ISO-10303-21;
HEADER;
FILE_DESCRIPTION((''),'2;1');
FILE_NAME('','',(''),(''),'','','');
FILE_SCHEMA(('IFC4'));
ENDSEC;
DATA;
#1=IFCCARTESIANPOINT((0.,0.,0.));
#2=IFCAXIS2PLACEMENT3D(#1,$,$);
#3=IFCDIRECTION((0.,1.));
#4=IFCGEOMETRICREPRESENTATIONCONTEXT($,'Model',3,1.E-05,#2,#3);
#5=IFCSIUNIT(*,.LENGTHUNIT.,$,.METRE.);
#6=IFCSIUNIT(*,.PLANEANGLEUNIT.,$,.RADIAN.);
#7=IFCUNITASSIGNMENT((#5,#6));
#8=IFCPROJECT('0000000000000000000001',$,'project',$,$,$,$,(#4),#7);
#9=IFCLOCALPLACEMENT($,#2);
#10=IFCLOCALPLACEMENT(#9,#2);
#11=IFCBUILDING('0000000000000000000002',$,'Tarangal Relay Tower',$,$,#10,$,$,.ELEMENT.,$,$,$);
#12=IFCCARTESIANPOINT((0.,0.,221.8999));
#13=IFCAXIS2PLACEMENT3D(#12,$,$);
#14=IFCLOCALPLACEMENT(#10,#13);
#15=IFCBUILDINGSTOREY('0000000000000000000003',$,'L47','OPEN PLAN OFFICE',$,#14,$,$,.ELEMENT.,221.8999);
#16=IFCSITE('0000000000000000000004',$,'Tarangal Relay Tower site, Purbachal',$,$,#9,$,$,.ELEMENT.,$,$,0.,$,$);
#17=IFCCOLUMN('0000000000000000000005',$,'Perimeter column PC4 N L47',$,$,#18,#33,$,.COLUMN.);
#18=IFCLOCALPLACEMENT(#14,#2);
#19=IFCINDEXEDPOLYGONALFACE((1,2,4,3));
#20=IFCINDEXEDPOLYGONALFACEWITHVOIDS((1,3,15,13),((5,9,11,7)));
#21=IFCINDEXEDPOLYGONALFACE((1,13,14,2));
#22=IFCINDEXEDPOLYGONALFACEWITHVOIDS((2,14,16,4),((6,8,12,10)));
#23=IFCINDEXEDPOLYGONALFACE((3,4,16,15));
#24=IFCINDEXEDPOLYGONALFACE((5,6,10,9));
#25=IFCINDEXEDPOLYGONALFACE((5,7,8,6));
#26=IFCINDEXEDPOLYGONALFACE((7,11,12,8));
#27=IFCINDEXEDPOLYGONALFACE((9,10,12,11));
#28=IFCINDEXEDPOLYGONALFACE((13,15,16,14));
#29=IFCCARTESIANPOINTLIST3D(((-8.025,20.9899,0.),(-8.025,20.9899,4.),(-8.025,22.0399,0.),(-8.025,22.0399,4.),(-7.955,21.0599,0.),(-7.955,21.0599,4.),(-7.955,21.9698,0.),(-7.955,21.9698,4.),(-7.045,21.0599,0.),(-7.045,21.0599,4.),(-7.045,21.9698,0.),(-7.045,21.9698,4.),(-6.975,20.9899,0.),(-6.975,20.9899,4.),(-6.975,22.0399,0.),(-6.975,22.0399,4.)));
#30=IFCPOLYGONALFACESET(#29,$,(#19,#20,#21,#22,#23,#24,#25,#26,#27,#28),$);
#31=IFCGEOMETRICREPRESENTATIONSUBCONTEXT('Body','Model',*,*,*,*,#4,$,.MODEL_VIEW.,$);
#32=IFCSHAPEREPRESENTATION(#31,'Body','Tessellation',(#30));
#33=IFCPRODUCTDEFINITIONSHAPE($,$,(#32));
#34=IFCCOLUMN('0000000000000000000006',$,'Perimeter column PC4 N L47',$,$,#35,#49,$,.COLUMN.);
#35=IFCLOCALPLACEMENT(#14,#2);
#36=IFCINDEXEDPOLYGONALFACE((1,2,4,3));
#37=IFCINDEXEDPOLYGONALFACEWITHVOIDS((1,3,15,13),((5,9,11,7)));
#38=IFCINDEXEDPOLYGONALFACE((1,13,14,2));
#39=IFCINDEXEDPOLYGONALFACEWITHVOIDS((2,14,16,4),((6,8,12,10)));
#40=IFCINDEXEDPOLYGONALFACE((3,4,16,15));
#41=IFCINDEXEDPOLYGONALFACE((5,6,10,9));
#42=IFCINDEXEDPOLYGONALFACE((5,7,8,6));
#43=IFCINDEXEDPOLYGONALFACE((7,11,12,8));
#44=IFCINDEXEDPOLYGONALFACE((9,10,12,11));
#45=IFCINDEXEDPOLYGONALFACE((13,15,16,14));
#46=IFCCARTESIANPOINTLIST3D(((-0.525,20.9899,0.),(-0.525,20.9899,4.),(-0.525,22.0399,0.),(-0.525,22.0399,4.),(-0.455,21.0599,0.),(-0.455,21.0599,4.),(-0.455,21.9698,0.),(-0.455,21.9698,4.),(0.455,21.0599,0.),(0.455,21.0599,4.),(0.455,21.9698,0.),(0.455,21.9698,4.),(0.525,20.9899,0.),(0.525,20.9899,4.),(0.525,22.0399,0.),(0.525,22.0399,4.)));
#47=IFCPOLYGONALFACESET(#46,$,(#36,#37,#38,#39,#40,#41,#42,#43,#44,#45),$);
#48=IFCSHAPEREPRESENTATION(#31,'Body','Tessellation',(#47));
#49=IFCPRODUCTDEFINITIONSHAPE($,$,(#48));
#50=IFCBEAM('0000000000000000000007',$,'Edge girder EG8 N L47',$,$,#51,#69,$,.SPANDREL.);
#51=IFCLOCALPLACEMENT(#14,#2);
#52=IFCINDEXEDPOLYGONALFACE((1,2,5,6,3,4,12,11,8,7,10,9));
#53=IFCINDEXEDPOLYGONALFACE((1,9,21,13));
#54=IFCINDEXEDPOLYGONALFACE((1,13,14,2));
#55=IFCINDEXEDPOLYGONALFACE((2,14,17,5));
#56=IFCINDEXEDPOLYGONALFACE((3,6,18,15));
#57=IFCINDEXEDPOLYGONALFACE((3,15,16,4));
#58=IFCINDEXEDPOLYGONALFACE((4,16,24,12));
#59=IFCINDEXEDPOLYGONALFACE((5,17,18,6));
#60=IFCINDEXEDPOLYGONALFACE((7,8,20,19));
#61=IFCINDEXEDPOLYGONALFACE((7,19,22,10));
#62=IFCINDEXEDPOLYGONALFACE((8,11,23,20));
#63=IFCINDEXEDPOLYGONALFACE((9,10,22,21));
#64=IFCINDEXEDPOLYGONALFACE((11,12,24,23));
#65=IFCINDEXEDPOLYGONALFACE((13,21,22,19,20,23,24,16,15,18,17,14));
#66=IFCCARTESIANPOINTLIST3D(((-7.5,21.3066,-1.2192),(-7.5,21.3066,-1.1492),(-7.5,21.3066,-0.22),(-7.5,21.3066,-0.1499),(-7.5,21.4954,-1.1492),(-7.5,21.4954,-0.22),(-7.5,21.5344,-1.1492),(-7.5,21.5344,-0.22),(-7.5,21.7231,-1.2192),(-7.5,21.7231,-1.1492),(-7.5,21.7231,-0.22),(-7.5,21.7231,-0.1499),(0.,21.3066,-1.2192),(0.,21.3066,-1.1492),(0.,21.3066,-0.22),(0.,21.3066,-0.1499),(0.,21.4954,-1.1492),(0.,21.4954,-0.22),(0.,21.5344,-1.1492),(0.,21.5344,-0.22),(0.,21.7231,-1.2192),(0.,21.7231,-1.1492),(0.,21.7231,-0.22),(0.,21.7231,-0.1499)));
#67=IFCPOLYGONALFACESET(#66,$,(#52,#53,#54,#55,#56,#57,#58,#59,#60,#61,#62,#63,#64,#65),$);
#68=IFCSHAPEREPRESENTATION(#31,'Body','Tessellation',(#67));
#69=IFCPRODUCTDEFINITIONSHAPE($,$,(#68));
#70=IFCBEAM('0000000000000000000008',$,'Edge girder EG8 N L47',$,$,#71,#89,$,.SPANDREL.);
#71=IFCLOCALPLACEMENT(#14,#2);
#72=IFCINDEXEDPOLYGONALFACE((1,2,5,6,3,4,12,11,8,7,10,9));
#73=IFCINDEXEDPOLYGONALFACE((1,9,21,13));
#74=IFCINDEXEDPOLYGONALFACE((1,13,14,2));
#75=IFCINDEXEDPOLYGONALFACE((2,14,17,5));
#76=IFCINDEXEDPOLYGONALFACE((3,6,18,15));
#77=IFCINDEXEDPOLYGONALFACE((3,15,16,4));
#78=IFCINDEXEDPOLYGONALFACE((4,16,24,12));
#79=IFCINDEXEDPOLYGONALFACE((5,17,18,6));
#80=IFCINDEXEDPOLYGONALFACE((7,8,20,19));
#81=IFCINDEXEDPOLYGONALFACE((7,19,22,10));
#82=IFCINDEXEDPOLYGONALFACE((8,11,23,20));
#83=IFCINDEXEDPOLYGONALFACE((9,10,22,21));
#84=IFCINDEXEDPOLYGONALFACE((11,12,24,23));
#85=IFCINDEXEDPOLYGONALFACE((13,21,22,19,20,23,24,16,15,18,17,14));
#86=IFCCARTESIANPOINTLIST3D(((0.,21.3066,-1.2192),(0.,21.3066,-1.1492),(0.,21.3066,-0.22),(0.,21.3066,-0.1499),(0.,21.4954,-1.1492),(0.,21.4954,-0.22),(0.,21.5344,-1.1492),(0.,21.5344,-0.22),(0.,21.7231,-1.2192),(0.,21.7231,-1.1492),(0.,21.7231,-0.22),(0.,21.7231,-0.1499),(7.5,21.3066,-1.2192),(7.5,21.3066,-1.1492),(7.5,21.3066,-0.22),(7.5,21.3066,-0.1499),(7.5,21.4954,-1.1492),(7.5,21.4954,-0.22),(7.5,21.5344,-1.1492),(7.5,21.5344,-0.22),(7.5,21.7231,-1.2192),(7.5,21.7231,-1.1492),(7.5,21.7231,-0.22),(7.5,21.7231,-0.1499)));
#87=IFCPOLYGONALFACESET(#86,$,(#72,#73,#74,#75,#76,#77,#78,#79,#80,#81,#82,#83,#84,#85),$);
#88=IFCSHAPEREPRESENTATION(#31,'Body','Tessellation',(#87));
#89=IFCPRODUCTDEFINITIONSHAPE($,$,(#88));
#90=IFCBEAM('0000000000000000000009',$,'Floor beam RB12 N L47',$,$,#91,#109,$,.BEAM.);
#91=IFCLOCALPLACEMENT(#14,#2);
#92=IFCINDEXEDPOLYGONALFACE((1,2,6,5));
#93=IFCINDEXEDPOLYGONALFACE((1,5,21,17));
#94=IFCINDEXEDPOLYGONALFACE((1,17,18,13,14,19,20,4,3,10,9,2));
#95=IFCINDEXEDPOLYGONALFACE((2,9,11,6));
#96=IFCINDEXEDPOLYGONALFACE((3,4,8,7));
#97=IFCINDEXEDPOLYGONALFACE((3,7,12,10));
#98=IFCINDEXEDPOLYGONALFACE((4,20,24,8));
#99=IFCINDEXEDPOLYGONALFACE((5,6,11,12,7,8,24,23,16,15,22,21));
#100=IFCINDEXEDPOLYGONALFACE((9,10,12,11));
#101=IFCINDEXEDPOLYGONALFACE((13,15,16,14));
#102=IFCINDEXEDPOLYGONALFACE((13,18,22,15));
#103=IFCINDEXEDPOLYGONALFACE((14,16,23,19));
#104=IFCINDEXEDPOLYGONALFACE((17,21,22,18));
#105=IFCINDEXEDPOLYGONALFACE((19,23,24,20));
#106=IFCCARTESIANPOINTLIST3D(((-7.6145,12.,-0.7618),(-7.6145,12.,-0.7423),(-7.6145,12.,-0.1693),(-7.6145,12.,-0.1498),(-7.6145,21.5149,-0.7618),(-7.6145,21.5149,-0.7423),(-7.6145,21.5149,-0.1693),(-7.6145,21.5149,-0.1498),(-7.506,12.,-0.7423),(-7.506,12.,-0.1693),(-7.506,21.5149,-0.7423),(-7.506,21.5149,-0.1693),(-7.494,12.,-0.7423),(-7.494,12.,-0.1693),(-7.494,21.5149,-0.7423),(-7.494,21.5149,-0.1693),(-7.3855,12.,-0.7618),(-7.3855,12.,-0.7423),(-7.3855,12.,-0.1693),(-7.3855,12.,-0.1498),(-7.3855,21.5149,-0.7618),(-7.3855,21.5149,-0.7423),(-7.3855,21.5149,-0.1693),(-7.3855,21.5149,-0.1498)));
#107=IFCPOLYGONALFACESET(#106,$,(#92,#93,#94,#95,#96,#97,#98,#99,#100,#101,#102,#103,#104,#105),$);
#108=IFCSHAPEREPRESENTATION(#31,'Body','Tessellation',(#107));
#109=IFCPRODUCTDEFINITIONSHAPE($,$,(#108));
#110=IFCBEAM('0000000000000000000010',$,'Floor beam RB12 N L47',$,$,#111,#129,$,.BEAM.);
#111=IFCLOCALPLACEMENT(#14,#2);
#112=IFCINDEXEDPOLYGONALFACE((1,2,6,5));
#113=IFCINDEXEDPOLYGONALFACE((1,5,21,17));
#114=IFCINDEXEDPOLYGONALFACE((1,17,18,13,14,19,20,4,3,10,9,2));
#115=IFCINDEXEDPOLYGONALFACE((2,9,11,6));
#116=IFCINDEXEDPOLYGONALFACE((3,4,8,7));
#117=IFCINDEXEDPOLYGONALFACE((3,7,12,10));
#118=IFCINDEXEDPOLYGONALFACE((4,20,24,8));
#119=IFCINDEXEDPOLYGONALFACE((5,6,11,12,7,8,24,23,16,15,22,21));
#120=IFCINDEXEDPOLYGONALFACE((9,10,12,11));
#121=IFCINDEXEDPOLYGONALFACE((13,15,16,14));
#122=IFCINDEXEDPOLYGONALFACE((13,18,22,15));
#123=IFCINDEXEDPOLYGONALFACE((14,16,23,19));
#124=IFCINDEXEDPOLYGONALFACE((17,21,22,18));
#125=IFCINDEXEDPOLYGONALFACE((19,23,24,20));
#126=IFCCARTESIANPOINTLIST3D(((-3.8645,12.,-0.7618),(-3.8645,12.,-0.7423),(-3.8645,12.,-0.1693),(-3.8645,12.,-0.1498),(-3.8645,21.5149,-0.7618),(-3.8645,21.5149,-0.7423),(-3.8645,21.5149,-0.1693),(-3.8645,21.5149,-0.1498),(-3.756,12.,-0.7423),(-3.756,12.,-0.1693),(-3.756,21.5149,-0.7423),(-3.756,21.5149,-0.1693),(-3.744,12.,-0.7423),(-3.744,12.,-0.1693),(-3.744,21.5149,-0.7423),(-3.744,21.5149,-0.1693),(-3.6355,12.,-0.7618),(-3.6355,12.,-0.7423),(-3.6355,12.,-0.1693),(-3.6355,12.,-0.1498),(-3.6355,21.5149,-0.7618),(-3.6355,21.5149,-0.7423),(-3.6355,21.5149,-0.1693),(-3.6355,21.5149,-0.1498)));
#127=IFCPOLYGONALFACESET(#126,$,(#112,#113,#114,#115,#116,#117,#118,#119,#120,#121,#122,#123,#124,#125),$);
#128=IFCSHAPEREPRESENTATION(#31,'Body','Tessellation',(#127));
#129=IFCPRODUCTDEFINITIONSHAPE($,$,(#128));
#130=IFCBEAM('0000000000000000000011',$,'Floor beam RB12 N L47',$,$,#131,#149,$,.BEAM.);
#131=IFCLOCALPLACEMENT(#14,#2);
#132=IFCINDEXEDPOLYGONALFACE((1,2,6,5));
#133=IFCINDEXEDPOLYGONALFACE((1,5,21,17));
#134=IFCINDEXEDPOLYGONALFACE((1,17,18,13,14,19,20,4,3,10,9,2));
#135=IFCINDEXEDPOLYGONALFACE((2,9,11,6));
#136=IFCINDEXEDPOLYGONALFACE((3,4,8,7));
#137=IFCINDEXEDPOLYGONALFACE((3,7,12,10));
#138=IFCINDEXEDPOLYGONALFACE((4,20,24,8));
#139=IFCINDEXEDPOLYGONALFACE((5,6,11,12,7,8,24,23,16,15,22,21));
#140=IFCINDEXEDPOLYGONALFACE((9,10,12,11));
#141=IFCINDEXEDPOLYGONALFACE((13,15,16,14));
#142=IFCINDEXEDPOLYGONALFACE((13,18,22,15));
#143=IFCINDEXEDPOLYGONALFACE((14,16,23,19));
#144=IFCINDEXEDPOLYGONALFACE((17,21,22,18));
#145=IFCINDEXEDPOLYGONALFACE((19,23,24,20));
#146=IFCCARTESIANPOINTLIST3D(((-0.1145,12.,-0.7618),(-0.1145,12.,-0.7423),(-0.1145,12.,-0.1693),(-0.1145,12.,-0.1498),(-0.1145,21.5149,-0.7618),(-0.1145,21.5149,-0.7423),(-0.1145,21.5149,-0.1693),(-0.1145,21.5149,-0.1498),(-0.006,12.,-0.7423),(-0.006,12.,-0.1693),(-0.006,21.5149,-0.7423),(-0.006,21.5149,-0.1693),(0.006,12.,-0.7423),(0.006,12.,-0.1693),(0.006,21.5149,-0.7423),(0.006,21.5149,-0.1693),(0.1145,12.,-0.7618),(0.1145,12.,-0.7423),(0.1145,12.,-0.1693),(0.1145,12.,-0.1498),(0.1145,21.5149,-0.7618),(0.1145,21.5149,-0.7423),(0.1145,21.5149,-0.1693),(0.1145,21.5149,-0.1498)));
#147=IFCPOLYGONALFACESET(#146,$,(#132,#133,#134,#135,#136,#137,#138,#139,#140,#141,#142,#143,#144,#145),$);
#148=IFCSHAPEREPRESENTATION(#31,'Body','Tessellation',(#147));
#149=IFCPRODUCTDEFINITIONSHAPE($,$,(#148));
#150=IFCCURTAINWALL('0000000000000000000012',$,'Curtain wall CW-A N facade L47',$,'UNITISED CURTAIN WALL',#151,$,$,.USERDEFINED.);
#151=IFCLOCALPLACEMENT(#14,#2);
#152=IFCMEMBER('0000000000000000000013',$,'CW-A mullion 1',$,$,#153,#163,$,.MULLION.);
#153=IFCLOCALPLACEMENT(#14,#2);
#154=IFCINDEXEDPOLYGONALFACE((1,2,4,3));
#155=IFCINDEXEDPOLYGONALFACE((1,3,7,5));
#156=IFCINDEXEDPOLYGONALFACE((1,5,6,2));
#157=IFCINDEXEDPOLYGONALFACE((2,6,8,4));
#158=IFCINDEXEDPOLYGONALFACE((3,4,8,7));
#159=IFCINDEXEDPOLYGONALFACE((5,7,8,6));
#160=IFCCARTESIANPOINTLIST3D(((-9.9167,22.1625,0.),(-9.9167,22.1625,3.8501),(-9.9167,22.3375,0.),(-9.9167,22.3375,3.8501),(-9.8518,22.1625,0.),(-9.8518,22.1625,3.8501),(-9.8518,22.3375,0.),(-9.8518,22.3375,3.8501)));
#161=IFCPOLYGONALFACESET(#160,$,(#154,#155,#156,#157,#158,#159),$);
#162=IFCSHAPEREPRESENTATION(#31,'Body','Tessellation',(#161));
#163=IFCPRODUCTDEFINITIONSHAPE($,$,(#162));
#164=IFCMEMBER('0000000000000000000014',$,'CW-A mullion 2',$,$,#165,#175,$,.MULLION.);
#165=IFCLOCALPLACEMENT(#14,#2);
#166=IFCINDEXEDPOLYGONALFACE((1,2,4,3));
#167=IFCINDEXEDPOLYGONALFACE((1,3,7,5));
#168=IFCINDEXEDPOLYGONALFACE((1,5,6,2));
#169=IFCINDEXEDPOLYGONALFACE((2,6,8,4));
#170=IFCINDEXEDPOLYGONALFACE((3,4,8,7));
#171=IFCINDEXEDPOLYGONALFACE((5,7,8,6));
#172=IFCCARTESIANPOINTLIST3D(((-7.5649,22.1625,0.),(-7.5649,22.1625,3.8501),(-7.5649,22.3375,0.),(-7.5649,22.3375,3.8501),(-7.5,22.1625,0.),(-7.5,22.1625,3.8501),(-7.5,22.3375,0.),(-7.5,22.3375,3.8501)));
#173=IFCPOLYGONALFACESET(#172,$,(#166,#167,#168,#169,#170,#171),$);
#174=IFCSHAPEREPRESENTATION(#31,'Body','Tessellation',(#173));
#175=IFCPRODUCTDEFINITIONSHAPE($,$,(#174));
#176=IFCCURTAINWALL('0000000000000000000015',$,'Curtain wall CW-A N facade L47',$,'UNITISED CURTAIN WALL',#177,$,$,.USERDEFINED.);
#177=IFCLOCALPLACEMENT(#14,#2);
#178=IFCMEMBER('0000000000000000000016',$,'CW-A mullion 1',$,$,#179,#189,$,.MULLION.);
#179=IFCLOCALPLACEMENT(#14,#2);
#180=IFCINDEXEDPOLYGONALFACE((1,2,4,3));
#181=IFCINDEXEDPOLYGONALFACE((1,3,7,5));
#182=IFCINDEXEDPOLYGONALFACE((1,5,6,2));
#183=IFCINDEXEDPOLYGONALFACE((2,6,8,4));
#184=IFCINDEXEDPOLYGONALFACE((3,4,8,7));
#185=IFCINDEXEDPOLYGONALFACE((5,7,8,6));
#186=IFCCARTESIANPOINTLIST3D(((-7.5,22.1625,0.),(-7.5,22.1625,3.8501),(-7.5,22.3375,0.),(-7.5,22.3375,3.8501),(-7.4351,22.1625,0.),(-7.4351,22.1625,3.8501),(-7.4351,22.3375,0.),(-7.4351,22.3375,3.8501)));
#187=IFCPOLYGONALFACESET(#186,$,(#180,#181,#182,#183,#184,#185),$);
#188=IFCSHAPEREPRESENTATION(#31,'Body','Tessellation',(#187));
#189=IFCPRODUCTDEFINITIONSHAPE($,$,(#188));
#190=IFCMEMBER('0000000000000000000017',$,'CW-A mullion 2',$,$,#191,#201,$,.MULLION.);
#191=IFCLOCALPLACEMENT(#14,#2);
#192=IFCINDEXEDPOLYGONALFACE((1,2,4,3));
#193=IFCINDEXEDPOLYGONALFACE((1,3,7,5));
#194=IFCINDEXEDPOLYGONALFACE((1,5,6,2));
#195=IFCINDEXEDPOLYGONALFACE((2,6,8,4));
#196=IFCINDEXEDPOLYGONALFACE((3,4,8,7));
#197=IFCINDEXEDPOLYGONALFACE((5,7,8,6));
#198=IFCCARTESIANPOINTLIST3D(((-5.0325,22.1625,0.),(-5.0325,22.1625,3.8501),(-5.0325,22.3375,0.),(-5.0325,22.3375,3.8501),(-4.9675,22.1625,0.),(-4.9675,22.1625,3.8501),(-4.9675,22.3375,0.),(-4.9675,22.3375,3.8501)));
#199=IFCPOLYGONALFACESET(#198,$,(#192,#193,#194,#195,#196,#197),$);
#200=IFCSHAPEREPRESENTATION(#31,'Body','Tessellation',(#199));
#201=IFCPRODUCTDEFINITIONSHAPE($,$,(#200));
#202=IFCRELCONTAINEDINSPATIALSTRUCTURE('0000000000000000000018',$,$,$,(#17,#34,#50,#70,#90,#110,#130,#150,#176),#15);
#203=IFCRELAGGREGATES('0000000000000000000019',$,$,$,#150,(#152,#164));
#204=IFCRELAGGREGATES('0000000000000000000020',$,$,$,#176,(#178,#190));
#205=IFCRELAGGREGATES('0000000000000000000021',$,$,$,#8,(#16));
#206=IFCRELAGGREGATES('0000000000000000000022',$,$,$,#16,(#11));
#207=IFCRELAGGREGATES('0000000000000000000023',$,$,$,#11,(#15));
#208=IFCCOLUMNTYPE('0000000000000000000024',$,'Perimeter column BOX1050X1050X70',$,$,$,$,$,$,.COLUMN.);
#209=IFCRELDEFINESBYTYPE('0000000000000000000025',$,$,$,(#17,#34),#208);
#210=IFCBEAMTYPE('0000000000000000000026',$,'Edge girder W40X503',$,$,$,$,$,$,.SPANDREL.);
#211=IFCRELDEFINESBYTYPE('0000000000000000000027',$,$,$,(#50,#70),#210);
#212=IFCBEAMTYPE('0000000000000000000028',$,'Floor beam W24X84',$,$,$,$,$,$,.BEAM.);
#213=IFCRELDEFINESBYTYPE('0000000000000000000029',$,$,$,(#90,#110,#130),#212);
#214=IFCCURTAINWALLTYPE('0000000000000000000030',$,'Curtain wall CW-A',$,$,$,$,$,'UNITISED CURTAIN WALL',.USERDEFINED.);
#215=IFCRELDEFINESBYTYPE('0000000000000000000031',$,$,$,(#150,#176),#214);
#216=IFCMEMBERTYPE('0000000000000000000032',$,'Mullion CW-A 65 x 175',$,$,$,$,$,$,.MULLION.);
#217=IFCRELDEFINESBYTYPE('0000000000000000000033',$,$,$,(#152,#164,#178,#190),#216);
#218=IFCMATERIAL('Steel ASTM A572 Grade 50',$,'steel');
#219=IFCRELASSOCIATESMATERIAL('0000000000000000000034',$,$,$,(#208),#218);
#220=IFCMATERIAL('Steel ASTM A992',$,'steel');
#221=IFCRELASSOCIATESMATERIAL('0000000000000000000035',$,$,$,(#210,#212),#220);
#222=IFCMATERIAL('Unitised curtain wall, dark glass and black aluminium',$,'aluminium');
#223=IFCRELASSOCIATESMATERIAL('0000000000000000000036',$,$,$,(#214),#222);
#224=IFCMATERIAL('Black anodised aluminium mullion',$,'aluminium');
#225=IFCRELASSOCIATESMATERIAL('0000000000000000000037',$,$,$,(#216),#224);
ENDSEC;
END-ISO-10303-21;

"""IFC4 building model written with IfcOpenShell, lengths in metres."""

from ifc_helpers import new_model, si_unit, direction, frame, origin, origin_2d, place, context, subcontext, project, spatial, rectangle, hollow_rectangle, i_section, extrude, material, material_profile, profile_set, type_object, element, aggregate, save


model = new_model("IFC4")

# Units and contexts
model_context = context("Model", 3, precision=1e-05, world=origin(), true_north=direction((0.0, 1.0)))
body_context = subcontext(model_context, "Body", "Model", "MODEL_VIEW")
ifc_project = project(units=[si_unit("LENGTHUNIT", "METRE"), si_unit("PLANEANGLEUNIT", "RADIAN")], contexts=[model_context])

# Site, building, storey
site_placement = place(None, origin())
site = spatial("IfcSite", under=ifc_project, at=site_placement, Name="Tarangal Relay Tower site, Purbachal", CompositionType="ELEMENT", RefElevation=0.0)
building_placement = place(site_placement, origin())
building = spatial("IfcBuilding", under=site, at=building_placement, Name="Tarangal Relay Tower", CompositionType="ELEMENT")
storey_placement = place(building_placement, frame((0.0, 0.0, 221.8999)))
storey = spatial("IfcBuildingStorey", under=building, at=storey_placement, Name="L47", Description="OPEN PLAN OFFICE", CompositionType="ELEMENT", Elevation=221.8999)

# Columns
ifc_material_1 = material(Name="Steel ASTM A572 Grade 50", Category="steel")
ifc_material_profile_1 = material_profile(ifc_material_1, hollow_rectangle(XDim=1.05, YDim=1.05, WallThickness=0.0701, at=origin_2d()), Name="BOX1050X1050X70")
ifc_profile_set_1 = profile_set([ifc_material_profile_1], Name="Steel ASTM A572 Grade 50")
column_type = type_object("IfcColumnType", Name="Perimeter column BOX1050X1050X70", PredefinedType="COLUMN", material=ifc_profile_set_1)
for number, where, z_axis, x_axis, name in (
    (1, (-7.5, 21.5149, 0.0), (0.0, 0.0, 1.0), (1.0, 0.0, 0.0), "Perimeter column PC4 N L47"),
    (2, (0.0, 21.5149, 0.0), (0.0, 0.0, 1.0), (1.0, 0.0, 0.0), "Perimeter column PC4 N L47"),
):
    element("IfcColumn", number, at=place(storey_placement, frame(where, z_axis=z_axis, x_axis=x_axis)), inside=storey, type_object=column_type, Name=name, PredefinedType="COLUMN", context=body_context, shape_type="SweptSolid", body=[
        extrude(hollow_rectangle(XDim=1.05, YDim=1.05, WallThickness=0.0701, at=origin_2d()), origin(), (0.0, 0.0, 1.0), 4.0),
    ])

# Beams
ifc_material_2 = material(Name="Steel ASTM A992", Category="steel")
ifc_material_profile_2 = material_profile(ifc_material_2, i_section(OverallWidth=0.4165, OverallDepth=1.0693, WebThickness=0.0391, FlangeThickness=0.0701, at=origin_2d()), Name="W40X503")
ifc_profile_set_2 = profile_set([ifc_material_profile_2], Name="Steel ASTM A992")
beam_type_1 = type_object("IfcBeamType", Name="Edge girder W40X503", PredefinedType="SPANDREL", material=ifc_profile_set_2)
for number, where, z_axis, x_axis, name in (
    (3, (-7.5, 21.5149, -0.6846), (1.0, 0.0, 0.0), (0.0, 1.0, 0.0), "Edge girder EG8 N L47"),
    (4, (0.0, 21.5149, -0.6846), (1.0, 0.0, 0.0), (0.0, 1.0, 0.0), "Edge girder EG8 N L47"),
):
    element("IfcBeam", number, at=place(storey_placement, frame(where, z_axis=z_axis, x_axis=x_axis)), inside=storey, type_object=beam_type_1, Name=name, PredefinedType="SPANDREL", context=body_context, shape_type="SweptSolid", body=[
        extrude(i_section(OverallWidth=0.4165, OverallDepth=1.0693, WebThickness=0.0391, FlangeThickness=0.0701, at=origin_2d()), origin(), (0.0, 0.0, 1.0), 7.5),
    ])
ifc_material_profile_3 = material_profile(ifc_material_2, i_section(OverallWidth=0.229, OverallDepth=0.6121, WebThickness=0.012, FlangeThickness=0.0195, at=origin_2d()), Name="W24X84")
ifc_profile_set_3 = profile_set([ifc_material_profile_3], Name="Steel ASTM A992")
beam_type_2 = type_object("IfcBeamType", Name="Floor beam W24X84", PredefinedType="BEAM", material=ifc_profile_set_3)
for number, where, z_axis, x_axis, name in (
    (5, (-7.5, 12.0, -0.4558), (0.0, 1.0, 0.0), (-1.0, 0.0, 0.0), "Floor beam RB12 N L47"),
    (6, (-3.75, 12.0, -0.4558), (0.0, 1.0, 0.0), (-1.0, 0.0, 0.0), "Floor beam RB12 N L47"),
    (7, (0.0, 12.0, -0.4558), (0.0, 1.0, 0.0), (-1.0, 0.0, 0.0), "Floor beam RB12 N L47"),
):
    element("IfcBeam", number, at=place(storey_placement, frame(where, z_axis=z_axis, x_axis=x_axis)), inside=storey, type_object=beam_type_2, Name=name, PredefinedType="BEAM", context=body_context, shape_type="SweptSolid", body=[
        extrude(i_section(OverallWidth=0.229, OverallDepth=0.6121, WebThickness=0.012, FlangeThickness=0.0195, at=origin_2d()), origin(), (0.0, 0.0, 1.0), 9.5149),
    ])

# Curtain walls, members
ifc_material_3 = material(Name="Unitised curtain wall, dark glass and black aluminium", Category="aluminium")
curtain_wall_type_1 = type_object("IfcCurtainWallType", Name="Curtain wall CW-A", ElementType="UNITISED CURTAIN WALL", PredefinedType="USERDEFINED", material=ifc_material_3)
curtain_wall_1_placement = place(storey_placement, origin())
curtain_wall_1 = element("IfcCurtainWall", 8, at=curtain_wall_1_placement, inside=storey, type_object=curtain_wall_type_1, Name="Curtain wall CW-A N facade L47", ObjectType="UNITISED CURTAIN WALL", PredefinedType="USERDEFINED")
ifc_material_4 = material(Name="Black anodised aluminium mullion", Category="aluminium")
ifc_material_profile_4 = material_profile(ifc_material_4, rectangle(XDim=0.175, YDim=0.0649, at=origin_2d()), Name="CW-AM 65X175")
ifc_profile_set_4 = profile_set([ifc_material_profile_4], Name="Black anodised aluminium mullion")
member_type_1 = type_object("IfcMemberType", Name="Mullion CW-A 65 x 175", PredefinedType="MULLION", material=ifc_profile_set_4)
member_1_placement = place(storey_placement, frame((-9.8843, 22.25, 0.0), z_axis=(0.0, 0.0, 1.0), x_axis=(0.0, 1.0, 0.0)))
member_1 = element("IfcMember", 9, at=member_1_placement, type_object=member_type_1, Name="CW-A mullion 1", PredefinedType="MULLION", context=body_context, shape_type="SweptSolid", body=[
    extrude(rectangle(XDim=0.175, YDim=0.0649, at=origin_2d()), origin(), (0.0, 0.0, 1.0), 3.8501),
])
member_2_placement = place(storey_placement, frame((-7.5325, 22.25, 0.0), z_axis=(0.0, 0.0, 1.0), x_axis=(0.0, 1.0, 0.0)))
member_2 = element("IfcMember", 10, at=member_2_placement, type_object=member_type_1, Name="CW-A mullion 2", PredefinedType="MULLION", context=body_context, shape_type="SweptSolid", body=[
    extrude(rectangle(XDim=0.175, YDim=0.0649, at=origin_2d()), origin(), (0.0, 0.0, 1.0), 3.8501),
])
curtain_wall_2_placement = place(storey_placement, origin())
curtain_wall_2 = element("IfcCurtainWall", 11, at=curtain_wall_2_placement, inside=storey, type_object=curtain_wall_type_1, Name="Curtain wall CW-A N facade L47", ObjectType="UNITISED CURTAIN WALL", PredefinedType="USERDEFINED")
member_3_placement = place(storey_placement, frame((-7.4675, 22.25, 0.0), z_axis=(0.0, 0.0, 1.0), x_axis=(0.0, 1.0, 0.0)))
member_3 = element("IfcMember", 12, at=member_3_placement, type_object=member_type_1, Name="CW-A mullion 1", PredefinedType="MULLION", context=body_context, shape_type="SweptSolid", body=[
    extrude(rectangle(XDim=0.175, YDim=0.0649, at=origin_2d()), origin(), (0.0, 0.0, 1.0), 3.8501),
])
member_4_placement = place(storey_placement, frame((-5.0, 22.25, 0.0), z_axis=(0.0, 0.0, 1.0), x_axis=(0.0, 1.0, 0.0)))
member_4 = element("IfcMember", 13, at=member_4_placement, type_object=member_type_1, Name="CW-A mullion 2", PredefinedType="MULLION", context=body_context, shape_type="SweptSolid", body=[
    extrude(rectangle(XDim=0.175, YDim=0.0649, at=origin_2d()), origin(), (0.0, 0.0, 1.0), 3.8501),
])

aggregate(curtain_wall_1, [member_1, member_2])
aggregate(curtain_wall_2, [member_3, member_4])

save(model, "model.ifc")
